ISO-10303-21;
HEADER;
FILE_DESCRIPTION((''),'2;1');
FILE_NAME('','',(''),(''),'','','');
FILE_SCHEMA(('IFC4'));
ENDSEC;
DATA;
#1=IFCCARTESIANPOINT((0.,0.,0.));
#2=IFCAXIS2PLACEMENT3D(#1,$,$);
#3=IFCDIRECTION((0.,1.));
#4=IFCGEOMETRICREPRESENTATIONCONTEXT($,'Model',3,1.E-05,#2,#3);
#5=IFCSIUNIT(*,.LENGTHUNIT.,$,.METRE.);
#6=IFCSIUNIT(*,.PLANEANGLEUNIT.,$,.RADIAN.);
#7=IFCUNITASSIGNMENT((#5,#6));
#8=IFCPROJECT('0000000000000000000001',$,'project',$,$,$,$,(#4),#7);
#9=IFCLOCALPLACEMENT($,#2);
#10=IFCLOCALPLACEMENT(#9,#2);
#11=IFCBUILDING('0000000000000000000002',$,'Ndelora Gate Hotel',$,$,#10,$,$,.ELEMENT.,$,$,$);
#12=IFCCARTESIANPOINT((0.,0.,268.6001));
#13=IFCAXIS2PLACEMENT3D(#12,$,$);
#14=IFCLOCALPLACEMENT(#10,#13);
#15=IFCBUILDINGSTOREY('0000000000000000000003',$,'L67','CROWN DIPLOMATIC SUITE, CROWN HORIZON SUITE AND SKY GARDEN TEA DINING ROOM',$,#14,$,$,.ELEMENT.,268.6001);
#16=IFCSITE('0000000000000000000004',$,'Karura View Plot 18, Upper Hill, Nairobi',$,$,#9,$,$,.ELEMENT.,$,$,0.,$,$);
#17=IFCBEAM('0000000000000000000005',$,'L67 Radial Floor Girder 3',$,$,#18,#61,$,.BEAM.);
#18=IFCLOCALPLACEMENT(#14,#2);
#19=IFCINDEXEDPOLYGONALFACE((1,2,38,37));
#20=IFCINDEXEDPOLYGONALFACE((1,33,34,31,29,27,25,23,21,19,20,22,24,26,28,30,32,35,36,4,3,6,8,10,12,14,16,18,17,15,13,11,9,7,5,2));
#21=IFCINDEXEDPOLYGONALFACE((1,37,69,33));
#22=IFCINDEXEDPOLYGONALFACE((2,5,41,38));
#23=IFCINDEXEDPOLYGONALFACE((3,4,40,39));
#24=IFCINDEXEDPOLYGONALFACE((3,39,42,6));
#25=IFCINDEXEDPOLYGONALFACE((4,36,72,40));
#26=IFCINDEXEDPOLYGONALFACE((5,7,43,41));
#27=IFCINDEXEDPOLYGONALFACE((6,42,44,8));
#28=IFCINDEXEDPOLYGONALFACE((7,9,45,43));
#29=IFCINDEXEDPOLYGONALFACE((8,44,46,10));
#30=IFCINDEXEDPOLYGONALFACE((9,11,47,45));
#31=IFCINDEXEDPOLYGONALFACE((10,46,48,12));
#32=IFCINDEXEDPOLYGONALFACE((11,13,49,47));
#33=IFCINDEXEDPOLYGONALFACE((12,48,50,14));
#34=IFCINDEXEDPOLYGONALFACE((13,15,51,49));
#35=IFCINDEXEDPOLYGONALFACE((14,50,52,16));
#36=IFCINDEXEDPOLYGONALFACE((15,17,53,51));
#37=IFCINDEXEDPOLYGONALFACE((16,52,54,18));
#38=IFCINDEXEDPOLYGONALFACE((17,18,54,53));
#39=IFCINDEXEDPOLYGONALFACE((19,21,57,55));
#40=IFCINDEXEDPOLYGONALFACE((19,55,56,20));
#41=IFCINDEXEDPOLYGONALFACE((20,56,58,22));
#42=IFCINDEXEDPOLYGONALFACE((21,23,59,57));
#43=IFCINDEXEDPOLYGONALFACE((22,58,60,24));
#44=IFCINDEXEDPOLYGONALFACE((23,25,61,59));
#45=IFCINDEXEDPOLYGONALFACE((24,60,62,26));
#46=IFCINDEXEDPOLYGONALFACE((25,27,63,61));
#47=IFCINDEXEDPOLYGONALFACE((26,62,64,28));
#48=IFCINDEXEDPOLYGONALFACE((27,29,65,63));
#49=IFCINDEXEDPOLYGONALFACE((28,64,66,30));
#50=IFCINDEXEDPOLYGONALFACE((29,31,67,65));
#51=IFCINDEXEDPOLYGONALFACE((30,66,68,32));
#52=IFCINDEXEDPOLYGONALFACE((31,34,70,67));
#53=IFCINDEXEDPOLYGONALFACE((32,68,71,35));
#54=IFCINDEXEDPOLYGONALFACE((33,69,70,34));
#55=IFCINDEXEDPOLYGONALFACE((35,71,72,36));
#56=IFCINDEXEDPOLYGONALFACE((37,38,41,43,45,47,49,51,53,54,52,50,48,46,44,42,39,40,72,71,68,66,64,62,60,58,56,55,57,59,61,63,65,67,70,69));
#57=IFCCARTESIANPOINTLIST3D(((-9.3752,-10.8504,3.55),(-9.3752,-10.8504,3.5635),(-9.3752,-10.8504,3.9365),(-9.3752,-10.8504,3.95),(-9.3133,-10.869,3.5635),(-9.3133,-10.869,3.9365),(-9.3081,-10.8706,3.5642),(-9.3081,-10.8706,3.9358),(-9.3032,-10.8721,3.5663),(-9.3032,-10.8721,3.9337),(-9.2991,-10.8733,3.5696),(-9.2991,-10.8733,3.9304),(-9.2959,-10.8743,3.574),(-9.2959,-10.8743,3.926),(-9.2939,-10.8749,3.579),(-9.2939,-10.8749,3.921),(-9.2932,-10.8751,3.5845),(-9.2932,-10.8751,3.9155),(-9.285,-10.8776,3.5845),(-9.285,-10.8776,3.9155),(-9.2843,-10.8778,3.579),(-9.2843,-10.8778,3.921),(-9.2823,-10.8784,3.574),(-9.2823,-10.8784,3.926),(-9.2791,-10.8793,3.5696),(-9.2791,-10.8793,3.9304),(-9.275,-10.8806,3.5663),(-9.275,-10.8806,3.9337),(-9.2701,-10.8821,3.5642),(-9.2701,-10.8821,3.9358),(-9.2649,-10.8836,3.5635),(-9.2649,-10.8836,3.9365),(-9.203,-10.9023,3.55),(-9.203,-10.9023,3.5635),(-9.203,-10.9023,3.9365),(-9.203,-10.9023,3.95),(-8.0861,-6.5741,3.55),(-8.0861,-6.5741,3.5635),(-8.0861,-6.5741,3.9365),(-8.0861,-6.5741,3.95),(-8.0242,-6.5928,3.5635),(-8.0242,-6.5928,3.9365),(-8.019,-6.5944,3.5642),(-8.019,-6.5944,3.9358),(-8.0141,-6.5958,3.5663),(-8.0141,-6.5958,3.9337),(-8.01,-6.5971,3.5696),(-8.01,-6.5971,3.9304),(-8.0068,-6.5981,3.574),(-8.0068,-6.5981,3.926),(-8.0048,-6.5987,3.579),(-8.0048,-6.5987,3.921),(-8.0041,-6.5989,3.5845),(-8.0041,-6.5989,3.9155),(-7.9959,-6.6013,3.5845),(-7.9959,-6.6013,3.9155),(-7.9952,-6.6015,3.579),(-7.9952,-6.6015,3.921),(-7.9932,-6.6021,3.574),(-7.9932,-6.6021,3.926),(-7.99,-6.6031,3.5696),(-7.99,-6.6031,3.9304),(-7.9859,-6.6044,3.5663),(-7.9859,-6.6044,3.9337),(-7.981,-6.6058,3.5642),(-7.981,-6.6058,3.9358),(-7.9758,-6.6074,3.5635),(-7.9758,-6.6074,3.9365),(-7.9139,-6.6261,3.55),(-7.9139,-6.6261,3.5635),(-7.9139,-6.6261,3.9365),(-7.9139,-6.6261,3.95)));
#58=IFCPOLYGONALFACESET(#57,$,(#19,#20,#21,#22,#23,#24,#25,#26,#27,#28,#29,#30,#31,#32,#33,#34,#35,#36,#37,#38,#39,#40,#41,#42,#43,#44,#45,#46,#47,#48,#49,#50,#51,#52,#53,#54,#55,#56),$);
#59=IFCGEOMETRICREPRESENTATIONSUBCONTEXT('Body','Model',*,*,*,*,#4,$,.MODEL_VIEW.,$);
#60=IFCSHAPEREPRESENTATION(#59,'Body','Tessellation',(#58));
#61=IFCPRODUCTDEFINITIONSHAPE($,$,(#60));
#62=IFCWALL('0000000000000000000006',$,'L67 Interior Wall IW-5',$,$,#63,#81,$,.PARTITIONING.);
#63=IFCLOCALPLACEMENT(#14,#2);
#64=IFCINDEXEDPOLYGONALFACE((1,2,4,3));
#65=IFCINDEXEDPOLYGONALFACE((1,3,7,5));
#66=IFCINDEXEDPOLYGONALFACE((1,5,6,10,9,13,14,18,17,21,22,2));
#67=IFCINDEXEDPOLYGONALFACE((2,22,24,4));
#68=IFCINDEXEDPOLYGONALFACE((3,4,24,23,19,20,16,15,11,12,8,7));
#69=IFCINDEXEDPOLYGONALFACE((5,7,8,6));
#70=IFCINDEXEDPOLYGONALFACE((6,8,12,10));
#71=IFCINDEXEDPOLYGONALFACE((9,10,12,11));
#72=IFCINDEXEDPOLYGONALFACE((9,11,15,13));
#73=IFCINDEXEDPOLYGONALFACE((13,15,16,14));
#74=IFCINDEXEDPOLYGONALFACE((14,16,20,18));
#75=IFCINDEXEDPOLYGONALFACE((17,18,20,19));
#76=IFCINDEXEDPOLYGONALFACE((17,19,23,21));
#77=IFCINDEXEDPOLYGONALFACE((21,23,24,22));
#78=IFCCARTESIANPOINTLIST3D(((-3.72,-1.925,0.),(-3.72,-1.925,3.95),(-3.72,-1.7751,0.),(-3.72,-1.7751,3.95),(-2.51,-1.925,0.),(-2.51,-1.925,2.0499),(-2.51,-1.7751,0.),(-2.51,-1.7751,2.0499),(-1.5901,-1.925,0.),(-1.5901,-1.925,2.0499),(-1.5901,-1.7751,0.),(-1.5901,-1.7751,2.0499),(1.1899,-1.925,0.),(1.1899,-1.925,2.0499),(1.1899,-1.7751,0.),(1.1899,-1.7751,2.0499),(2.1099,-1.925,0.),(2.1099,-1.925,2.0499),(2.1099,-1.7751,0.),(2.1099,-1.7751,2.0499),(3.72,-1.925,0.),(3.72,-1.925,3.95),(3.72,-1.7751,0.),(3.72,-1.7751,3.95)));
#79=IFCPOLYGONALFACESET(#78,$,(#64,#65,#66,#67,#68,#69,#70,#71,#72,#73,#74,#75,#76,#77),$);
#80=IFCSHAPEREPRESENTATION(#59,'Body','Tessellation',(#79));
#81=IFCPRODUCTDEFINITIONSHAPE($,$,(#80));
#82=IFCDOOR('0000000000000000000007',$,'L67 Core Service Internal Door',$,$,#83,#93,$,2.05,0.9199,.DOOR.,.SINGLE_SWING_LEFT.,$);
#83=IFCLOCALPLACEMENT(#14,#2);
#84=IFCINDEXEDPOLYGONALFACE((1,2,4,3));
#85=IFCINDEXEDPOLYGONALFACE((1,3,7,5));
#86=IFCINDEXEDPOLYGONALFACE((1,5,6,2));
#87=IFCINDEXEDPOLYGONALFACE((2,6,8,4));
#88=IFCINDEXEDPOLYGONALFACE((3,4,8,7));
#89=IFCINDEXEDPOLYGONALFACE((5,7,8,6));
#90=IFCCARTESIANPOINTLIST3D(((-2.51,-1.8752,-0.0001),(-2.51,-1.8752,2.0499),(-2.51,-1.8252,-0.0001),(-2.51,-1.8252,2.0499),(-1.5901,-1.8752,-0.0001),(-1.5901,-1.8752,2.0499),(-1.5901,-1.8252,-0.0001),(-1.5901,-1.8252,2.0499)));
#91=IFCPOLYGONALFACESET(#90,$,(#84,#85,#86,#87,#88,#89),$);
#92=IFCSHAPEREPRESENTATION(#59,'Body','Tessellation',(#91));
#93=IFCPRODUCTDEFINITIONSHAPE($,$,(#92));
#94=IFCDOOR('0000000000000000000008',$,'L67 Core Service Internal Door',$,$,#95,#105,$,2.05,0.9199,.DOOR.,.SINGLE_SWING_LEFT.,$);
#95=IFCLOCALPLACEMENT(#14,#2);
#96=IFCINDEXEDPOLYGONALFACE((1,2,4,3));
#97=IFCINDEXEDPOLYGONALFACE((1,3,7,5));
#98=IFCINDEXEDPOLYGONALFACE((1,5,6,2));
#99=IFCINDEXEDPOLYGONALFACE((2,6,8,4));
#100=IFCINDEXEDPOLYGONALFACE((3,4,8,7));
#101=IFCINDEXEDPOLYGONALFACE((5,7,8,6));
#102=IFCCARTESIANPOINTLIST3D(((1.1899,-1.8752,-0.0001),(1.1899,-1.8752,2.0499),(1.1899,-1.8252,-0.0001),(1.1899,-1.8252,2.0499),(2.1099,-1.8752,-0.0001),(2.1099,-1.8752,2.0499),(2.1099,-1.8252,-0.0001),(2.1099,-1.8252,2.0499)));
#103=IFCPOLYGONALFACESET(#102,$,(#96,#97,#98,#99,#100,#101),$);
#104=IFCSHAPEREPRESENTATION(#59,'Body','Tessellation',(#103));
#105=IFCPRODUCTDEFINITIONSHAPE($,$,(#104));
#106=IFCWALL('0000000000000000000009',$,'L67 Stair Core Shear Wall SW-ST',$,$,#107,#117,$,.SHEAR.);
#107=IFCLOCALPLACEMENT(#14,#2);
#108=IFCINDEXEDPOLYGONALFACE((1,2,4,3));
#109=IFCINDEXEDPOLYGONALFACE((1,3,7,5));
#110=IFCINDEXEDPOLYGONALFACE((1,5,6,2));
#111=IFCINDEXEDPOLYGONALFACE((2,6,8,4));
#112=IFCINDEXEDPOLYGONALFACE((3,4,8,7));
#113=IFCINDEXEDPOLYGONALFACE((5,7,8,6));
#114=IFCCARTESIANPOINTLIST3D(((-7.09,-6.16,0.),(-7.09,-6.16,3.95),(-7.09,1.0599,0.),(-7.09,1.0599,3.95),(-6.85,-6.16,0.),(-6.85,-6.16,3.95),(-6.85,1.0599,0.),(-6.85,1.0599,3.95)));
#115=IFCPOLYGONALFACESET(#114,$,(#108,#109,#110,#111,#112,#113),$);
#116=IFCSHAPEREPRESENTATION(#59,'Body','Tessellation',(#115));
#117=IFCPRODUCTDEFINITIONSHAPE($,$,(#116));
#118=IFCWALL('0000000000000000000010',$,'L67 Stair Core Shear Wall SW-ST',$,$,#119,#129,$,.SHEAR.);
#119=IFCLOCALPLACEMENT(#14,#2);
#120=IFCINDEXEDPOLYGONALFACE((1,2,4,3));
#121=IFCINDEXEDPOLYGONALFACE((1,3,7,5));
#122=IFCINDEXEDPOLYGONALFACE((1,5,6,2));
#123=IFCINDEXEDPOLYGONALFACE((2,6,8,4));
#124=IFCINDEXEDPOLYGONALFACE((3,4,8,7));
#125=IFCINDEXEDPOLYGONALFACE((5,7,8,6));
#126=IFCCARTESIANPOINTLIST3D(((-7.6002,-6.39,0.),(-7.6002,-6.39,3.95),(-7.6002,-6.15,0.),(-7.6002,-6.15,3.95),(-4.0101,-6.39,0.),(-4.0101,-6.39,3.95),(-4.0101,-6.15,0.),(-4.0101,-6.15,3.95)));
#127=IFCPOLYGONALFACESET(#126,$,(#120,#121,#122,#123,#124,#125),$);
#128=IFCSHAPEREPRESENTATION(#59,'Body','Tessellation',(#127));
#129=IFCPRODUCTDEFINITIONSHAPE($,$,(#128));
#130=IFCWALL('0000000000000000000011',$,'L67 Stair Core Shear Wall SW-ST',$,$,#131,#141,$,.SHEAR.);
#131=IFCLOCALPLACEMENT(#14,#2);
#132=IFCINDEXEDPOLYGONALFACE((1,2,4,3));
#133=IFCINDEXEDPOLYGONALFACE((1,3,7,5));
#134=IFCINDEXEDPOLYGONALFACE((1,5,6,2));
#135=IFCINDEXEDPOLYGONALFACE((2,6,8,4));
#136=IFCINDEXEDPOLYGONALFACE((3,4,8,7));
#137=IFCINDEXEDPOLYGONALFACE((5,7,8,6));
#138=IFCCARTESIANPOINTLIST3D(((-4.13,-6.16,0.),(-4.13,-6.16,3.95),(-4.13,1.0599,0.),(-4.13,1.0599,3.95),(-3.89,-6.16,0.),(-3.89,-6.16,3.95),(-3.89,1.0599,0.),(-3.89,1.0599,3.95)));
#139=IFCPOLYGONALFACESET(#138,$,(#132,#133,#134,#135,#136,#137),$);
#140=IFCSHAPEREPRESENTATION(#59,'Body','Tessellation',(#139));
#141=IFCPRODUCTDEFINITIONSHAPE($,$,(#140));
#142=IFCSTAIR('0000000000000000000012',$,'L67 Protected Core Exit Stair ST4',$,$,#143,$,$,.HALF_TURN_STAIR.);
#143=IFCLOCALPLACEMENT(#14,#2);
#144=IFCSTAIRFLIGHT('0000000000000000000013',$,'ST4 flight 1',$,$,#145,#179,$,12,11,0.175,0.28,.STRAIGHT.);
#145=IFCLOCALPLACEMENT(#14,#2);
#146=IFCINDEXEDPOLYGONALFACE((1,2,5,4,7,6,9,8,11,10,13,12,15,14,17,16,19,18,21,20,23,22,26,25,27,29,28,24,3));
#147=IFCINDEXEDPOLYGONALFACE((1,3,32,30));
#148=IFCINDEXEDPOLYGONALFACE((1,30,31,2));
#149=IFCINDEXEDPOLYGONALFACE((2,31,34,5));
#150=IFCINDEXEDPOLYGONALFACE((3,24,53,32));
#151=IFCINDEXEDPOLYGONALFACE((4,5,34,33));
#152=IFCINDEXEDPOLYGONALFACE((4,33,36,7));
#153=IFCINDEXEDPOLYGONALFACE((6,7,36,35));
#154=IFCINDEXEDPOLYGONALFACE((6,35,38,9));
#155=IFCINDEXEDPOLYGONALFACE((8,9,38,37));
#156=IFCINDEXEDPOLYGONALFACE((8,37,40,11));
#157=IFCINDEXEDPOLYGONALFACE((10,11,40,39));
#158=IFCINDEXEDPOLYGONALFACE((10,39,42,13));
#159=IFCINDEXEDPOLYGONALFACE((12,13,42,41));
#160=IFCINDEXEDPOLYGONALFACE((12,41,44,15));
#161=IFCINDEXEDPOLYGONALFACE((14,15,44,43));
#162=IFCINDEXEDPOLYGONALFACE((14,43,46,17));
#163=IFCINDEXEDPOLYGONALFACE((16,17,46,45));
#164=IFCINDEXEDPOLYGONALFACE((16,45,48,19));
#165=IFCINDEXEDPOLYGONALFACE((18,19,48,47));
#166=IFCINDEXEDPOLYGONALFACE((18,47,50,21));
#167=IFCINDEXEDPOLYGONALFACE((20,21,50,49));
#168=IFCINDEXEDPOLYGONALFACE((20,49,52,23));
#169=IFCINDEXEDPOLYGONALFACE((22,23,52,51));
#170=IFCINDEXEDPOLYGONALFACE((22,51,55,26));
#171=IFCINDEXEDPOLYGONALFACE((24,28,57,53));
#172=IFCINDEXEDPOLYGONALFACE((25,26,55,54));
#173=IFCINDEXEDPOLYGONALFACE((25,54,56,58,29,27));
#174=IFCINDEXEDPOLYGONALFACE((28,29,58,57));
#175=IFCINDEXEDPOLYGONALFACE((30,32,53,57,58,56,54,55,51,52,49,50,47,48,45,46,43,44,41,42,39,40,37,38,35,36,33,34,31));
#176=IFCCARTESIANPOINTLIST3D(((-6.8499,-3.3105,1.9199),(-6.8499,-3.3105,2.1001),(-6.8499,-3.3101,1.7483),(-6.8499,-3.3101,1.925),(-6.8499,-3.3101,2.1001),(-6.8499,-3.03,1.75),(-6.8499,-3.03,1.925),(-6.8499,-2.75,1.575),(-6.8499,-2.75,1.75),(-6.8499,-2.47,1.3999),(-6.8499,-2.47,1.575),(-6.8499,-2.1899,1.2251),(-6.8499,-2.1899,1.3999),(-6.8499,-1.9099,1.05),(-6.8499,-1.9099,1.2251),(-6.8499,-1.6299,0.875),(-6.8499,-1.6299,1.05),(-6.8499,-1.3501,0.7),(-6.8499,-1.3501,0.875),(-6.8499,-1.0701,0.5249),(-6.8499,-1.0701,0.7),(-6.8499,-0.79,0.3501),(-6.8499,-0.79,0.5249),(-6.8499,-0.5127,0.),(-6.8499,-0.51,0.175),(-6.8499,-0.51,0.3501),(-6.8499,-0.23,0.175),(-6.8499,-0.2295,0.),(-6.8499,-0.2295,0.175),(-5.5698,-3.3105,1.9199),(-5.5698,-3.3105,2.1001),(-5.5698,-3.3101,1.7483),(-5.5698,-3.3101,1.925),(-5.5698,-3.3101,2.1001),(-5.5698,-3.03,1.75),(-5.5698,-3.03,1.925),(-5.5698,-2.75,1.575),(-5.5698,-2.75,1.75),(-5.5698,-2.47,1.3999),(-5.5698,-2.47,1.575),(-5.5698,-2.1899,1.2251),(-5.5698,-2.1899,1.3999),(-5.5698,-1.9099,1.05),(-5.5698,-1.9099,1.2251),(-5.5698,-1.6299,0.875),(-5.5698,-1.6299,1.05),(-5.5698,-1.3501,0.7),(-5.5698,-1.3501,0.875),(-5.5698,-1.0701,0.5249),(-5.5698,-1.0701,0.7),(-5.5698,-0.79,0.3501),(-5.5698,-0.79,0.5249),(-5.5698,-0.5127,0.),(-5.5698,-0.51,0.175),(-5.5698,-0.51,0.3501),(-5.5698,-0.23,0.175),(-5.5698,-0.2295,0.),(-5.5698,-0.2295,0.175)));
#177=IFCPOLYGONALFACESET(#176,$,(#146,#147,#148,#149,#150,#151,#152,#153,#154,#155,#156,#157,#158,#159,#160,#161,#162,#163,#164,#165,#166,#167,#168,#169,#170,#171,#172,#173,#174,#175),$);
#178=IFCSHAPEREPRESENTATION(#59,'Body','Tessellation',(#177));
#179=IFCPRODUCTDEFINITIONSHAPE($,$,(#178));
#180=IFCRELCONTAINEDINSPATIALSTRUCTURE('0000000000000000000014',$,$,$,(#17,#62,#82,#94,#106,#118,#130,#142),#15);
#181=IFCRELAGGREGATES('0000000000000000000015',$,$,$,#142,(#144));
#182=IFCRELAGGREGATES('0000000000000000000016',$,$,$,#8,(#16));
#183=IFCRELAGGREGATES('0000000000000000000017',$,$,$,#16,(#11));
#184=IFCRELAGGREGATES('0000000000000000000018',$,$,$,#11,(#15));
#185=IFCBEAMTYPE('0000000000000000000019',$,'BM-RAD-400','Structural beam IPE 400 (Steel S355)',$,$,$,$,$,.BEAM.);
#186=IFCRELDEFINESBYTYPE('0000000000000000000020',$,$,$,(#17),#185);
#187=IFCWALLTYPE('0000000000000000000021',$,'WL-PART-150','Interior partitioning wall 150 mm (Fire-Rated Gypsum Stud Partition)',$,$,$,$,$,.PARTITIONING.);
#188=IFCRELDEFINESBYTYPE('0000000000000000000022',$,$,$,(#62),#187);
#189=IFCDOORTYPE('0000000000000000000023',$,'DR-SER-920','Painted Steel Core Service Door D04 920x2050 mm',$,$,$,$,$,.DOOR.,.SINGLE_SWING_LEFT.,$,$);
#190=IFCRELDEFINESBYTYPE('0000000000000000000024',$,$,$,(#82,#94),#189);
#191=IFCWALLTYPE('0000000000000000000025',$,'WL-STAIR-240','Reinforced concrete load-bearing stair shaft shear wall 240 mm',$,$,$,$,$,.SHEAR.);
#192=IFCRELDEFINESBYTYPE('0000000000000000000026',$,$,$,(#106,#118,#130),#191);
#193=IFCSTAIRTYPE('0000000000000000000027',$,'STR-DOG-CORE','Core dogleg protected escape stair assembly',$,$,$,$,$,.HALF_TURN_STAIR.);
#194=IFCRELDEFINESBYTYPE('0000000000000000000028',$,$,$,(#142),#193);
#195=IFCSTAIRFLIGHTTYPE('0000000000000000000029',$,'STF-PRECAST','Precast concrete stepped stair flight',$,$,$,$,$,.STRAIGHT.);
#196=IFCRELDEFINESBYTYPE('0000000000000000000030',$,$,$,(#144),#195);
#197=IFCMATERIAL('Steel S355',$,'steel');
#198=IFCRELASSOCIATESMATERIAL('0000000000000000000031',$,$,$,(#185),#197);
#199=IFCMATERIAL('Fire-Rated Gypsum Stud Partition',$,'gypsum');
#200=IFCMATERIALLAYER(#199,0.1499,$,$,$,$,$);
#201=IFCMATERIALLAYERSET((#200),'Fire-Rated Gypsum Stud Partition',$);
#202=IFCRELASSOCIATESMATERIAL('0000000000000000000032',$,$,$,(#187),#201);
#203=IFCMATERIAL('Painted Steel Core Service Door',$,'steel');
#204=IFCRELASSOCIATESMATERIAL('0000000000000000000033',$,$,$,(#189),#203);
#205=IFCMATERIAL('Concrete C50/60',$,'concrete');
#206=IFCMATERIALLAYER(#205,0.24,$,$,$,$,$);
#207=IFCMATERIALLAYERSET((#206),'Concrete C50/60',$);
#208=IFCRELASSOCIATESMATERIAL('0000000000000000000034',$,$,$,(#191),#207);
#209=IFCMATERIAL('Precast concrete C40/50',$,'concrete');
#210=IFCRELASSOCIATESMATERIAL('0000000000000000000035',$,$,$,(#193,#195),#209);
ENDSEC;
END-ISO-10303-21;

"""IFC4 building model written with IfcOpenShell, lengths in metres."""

from ifc_helpers import new_model, si_unit, direction, frame, frame_2d, origin, origin_2d, place, context, subcontext, project, spatial, polyline, rectangle, i_section, outline, extrude, material, layer, layer_set, material_profile, profile_set, type_object, element, fill, aggregate, save


model = new_model("IFC4")

# Units and contexts
model_context = context("Model", 3, precision=1e-05, world=origin(), true_north=direction((0.0, 1.0)))
body_context = subcontext(model_context, "Body", "Model", "MODEL_VIEW")
ifc_project = project(units=[si_unit("LENGTHUNIT", "METRE"), si_unit("PLANEANGLEUNIT", "RADIAN")], contexts=[model_context])

# Site, building, storey
site_placement = place(None, origin())
site = spatial("IfcSite", under=ifc_project, at=site_placement, Name="Karura View Plot 18, Upper Hill, Nairobi", CompositionType="ELEMENT", RefElevation=0.0)
building_placement = place(site_placement, origin())
building = spatial("IfcBuilding", under=site, at=building_placement, Name="Ndelora Gate Hotel", CompositionType="ELEMENT")
storey_placement = place(building_placement, frame((0.0, 0.0, 268.6001)))
storey = spatial("IfcBuildingStorey", under=building, at=storey_placement, Name="L67", Description="CROWN DIPLOMATIC SUITE, CROWN HORIZON SUITE AND SKY GARDEN TEA DINING ROOM", CompositionType="ELEMENT", Elevation=268.6001)

# Beam
ifc_material_1 = material(Name="Steel S355", Category="steel")
ifc_material_profile = material_profile(ifc_material_1, i_section(OverallWidth=0.1799, OverallDepth=0.3999, WebThickness=0.0085, FlangeThickness=0.0134, FilletRadius=0.021, at=origin_2d()), Name="IPE 400")
ifc_profile_set = profile_set([ifc_material_profile], Name="Steel S355")
beam_type = type_object("IfcBeamType", Name="BM-RAD-400", Description="Structural beam IPE 400 (Steel S355)", PredefinedType="BEAM", material=ifc_profile_set)
beam_placement = place(storey_placement, frame((-8.0, -6.6001, 3.75), z_axis=(-0.288626, -0.957442, 0.0), x_axis=(0.957442, -0.288626, 0.0)))
element("IfcBeam", 1, at=beam_placement, inside=storey, type_object=beam_type, Name="L67 Radial Floor Girder 3", PredefinedType="BEAM", context=body_context, shape_type="SweptSolid", body=[
    extrude(i_section(OverallWidth=0.1799, OverallDepth=0.3999, WebThickness=0.0085, FlangeThickness=0.0134, FilletRadius=0.021, at=origin_2d()), origin(), (0.0, 0.0, 1.0), 4.4663),
])

# Wall, openings, doors
ifc_material_2 = material(Name="Fire-Rated Gypsum Stud Partition", Category="gypsum")
ifc_layer_1 = layer(ifc_material_2, 0.1499)
ifc_layer_set_1 = layer_set([ifc_layer_1], Name="Fire-Rated Gypsum Stud Partition")
wall_type_1 = type_object("IfcWallType", Name="WL-PART-150", Description="Interior partitioning wall 150 mm (Fire-Rated Gypsum Stud Partition)", PredefinedType="PARTITIONING", material=ifc_layer_set_1)
wall_1_placement = place(storey_placement, frame((-3.72, -1.8501, 0.0), z_axis=(0.0, 0.0, 1.0), x_axis=(1.0, 0.0, 0.0)))
wall_1 = element("IfcWall", 2, at=wall_1_placement, inside=storey, type_object=wall_type_1, Name="L67 Interior Wall IW-5", PredefinedType="PARTITIONING", context=body_context, shape_type="SweptSolid", body=[
    extrude(rectangle(XDim=7.4399, YDim=0.1499, at=frame_2d((3.72, 0.0))), origin(), (0.0, 0.0, 1.0), 3.95),
])
opening_1_placement = place(wall_1_placement, frame((1.21, 0.0, 0.0)))
opening_1 = element("IfcOpeningElement", 3, at=opening_1_placement, cuts=wall_1, PredefinedType="OPENING", context=body_context, shape_type="SweptSolid", body=[
    extrude(rectangle(XDim=0.9199, YDim=2.05, at=frame_2d((0.46, 1.0249))), frame((0.0, 0.085, 0.0), z_axis=(0.0, -1.0, 0.0), x_axis=(1.0, 0.0, 0.0)), (0.0, 0.0, 1.0), 0.1699),
])
opening_2_placement = place(wall_1_placement, frame((4.9099, 0.0, 0.0)))
opening_2 = element("IfcOpeningElement", 4, at=opening_2_placement, cuts=wall_1, PredefinedType="OPENING", context=body_context, shape_type="SweptSolid", body=[
    extrude(rectangle(XDim=0.9199, YDim=2.05, at=frame_2d((0.46, 1.0249))), frame((0.0, 0.085, 0.0), z_axis=(0.0, -1.0, 0.0), x_axis=(1.0, 0.0, 0.0)), (0.0, 0.0, 1.0), 0.1699),
])
ifc_material_3 = material(Name="Painted Steel Core Service Door", Category="steel")
door_type = type_object("IfcDoorType", Name="DR-SER-920", Description="Painted Steel Core Service Door D04 920x2050 mm", OperationType="SINGLE_SWING_LEFT", PredefinedType="DOOR", material=ifc_material_3)
door_1_placement = place(opening_1_placement, origin())
door_1 = element("IfcDoor", 5, at=door_1_placement, inside=storey, type_object=door_type, Name="L67 Core Service Internal Door", OperationType="SINGLE_SWING_LEFT", OverallHeight=2.05, OverallWidth=0.9199, PredefinedType="DOOR", context=body_context, shape_type="SweptSolid", body=[
    extrude(rectangle(XDim=0.9199, YDim=2.05, at=frame_2d((0.46, 1.0249))), frame((0.0, 0.0249, 0.0), z_axis=(0.0, -1.0, 0.0), x_axis=(1.0, 0.0, 0.0)), (0.0, 0.0, 1.0), 0.05),
])
fill(opening_1, door_1)
door_2_placement = place(opening_2_placement, origin())
door_2 = element("IfcDoor", 6, at=door_2_placement, inside=storey, type_object=door_type, Name="L67 Core Service Internal Door", OperationType="SINGLE_SWING_LEFT", OverallHeight=2.05, OverallWidth=0.9199, PredefinedType="DOOR", context=body_context, shape_type="SweptSolid", body=[
    extrude(rectangle(XDim=0.9199, YDim=2.05, at=frame_2d((0.46, 1.0249))), frame((0.0, 0.0249, 0.0), z_axis=(0.0, -1.0, 0.0), x_axis=(1.0, 0.0, 0.0)), (0.0, 0.0, 1.0), 0.05),
])
fill(opening_2, door_2)

# Walls
ifc_material_4 = material(Name="Concrete C50/60", Category="concrete")
ifc_layer_2 = layer(ifc_material_4, 0.24)
ifc_layer_set_2 = layer_set([ifc_layer_2], Name="Concrete C50/60")
wall_type_2 = type_object("IfcWallType", Name="WL-STAIR-240", Description="Reinforced concrete load-bearing stair shaft shear wall 240 mm", PredefinedType="SHEAR", material=ifc_layer_set_2)
wall_2_placement = place(storey_placement, frame((-6.97, -6.1599, 0.0), z_axis=(0.0, 0.0, 1.0), x_axis=(0.0, 1.0, 0.0)))
element("IfcWall", 7, at=wall_2_placement, inside=storey, type_object=wall_type_2, Name="L67 Stair Core Shear Wall SW-ST", PredefinedType="SHEAR", context=body_context, shape_type="SweptSolid", body=[
    extrude(rectangle(XDim=7.22, YDim=0.24, at=frame_2d((3.6099, 0.0))), origin(), (0.0, 0.0, 1.0), 3.95),
])
wall_3_placement = place(storey_placement, frame((-7.6001, -6.27, 0.0), z_axis=(0.0, 0.0, 1.0), x_axis=(1.0, 0.0, 0.0)))
element("IfcWall", 8, at=wall_3_placement, inside=storey, type_object=wall_type_2, Name="L67 Stair Core Shear Wall SW-ST", PredefinedType="SHEAR", context=body_context, shape_type="SweptSolid", body=[
    extrude(rectangle(XDim=3.5901, YDim=0.24, at=frame_2d((1.7949, 0.0))), origin(), (0.0, 0.0, 1.0), 3.95),
])
wall_4_placement = place(storey_placement, frame((-4.01, -6.1599, 0.0), z_axis=(0.0, 0.0, 1.0), x_axis=(0.0, 1.0, 0.0)))
element("IfcWall", 9, at=wall_4_placement, inside=storey, type_object=wall_type_2, Name="L67 Stair Core Shear Wall SW-ST", PredefinedType="SHEAR", context=body_context, shape_type="SweptSolid", body=[
    extrude(rectangle(XDim=7.22, YDim=0.24, at=frame_2d((3.6099, 0.0))), origin(), (0.0, 0.0, 1.0), 3.95),
])

# Stair, stair flight
ifc_material_5 = material(Name="Precast concrete C40/50", Category="concrete")
stair_type = type_object("IfcStairType", Name="STR-DOG-CORE", Description="Core dogleg protected escape stair assembly", PredefinedType="HALF_TURN_STAIR", material=ifc_material_5)
stair_placement = place(storey_placement, origin())
stair = element("IfcStair", 10, at=stair_placement, inside=storey, type_object=stair_type, Name="L67 Protected Core Exit Stair ST4", PredefinedType="HALF_TURN_STAIR")
stair_flight_type = type_object("IfcStairFlightType", Name="STF-PRECAST", Description="Precast concrete stepped stair flight", PredefinedType="STRAIGHT", material=ifc_material_5)
stair_flight_1_placement = place(storey_placement, frame((-6.21, -0.23, 0.0), z_axis=(0.0, 0.0, 1.0), x_axis=(0.0, -1.0, 0.0)))
stair_flight_1 = element("IfcStairFlight", 11, at=stair_flight_1_placement, type_object=stair_flight_type, Name="ST4 flight 1", NumberOfRisers=12, NumberOfTreads=11, PredefinedType="STRAIGHT", RiserHeight=0.175, TreadLength=0.28, context=body_context, shape_type="SweptSolid", body=[
    extrude(outline(polyline([(-0.0005, 0.0), (-0.0005, 0.175), (0.0, 0.175), (0.28, 0.175), (0.28, 0.3501), (0.5601, 0.3501), (0.5601, 0.5249), (0.8401, 0.5249), (0.8401, 0.7), (1.1201, 0.7), (1.1201, 0.875), (1.3999, 0.875), (1.3999, 1.05), (1.6799, 1.05), (1.6799, 1.2251), (1.96, 1.2251), (1.96, 1.3999), (2.24, 1.3999), (2.24, 1.575), (2.52, 1.575), (2.52, 1.75), (2.8, 1.75), (2.8, 1.925), (3.0801, 1.925), (3.0801, 2.1001), (3.0806, 2.1001), (3.0806, 1.9199), (3.0801, 1.7483), (0.2827, 0.0), (-0.0005, 0.0)])), frame((0.0, 0.6401, 0.0), z_axis=(0.0, -1.0, 0.0), x_axis=(1.0, 0.0, 0.0)), (0.0, 0.0, 1.0), 1.28),
])
aggregate(stair, [stair_flight_1])

save(model, "model.ifc")
